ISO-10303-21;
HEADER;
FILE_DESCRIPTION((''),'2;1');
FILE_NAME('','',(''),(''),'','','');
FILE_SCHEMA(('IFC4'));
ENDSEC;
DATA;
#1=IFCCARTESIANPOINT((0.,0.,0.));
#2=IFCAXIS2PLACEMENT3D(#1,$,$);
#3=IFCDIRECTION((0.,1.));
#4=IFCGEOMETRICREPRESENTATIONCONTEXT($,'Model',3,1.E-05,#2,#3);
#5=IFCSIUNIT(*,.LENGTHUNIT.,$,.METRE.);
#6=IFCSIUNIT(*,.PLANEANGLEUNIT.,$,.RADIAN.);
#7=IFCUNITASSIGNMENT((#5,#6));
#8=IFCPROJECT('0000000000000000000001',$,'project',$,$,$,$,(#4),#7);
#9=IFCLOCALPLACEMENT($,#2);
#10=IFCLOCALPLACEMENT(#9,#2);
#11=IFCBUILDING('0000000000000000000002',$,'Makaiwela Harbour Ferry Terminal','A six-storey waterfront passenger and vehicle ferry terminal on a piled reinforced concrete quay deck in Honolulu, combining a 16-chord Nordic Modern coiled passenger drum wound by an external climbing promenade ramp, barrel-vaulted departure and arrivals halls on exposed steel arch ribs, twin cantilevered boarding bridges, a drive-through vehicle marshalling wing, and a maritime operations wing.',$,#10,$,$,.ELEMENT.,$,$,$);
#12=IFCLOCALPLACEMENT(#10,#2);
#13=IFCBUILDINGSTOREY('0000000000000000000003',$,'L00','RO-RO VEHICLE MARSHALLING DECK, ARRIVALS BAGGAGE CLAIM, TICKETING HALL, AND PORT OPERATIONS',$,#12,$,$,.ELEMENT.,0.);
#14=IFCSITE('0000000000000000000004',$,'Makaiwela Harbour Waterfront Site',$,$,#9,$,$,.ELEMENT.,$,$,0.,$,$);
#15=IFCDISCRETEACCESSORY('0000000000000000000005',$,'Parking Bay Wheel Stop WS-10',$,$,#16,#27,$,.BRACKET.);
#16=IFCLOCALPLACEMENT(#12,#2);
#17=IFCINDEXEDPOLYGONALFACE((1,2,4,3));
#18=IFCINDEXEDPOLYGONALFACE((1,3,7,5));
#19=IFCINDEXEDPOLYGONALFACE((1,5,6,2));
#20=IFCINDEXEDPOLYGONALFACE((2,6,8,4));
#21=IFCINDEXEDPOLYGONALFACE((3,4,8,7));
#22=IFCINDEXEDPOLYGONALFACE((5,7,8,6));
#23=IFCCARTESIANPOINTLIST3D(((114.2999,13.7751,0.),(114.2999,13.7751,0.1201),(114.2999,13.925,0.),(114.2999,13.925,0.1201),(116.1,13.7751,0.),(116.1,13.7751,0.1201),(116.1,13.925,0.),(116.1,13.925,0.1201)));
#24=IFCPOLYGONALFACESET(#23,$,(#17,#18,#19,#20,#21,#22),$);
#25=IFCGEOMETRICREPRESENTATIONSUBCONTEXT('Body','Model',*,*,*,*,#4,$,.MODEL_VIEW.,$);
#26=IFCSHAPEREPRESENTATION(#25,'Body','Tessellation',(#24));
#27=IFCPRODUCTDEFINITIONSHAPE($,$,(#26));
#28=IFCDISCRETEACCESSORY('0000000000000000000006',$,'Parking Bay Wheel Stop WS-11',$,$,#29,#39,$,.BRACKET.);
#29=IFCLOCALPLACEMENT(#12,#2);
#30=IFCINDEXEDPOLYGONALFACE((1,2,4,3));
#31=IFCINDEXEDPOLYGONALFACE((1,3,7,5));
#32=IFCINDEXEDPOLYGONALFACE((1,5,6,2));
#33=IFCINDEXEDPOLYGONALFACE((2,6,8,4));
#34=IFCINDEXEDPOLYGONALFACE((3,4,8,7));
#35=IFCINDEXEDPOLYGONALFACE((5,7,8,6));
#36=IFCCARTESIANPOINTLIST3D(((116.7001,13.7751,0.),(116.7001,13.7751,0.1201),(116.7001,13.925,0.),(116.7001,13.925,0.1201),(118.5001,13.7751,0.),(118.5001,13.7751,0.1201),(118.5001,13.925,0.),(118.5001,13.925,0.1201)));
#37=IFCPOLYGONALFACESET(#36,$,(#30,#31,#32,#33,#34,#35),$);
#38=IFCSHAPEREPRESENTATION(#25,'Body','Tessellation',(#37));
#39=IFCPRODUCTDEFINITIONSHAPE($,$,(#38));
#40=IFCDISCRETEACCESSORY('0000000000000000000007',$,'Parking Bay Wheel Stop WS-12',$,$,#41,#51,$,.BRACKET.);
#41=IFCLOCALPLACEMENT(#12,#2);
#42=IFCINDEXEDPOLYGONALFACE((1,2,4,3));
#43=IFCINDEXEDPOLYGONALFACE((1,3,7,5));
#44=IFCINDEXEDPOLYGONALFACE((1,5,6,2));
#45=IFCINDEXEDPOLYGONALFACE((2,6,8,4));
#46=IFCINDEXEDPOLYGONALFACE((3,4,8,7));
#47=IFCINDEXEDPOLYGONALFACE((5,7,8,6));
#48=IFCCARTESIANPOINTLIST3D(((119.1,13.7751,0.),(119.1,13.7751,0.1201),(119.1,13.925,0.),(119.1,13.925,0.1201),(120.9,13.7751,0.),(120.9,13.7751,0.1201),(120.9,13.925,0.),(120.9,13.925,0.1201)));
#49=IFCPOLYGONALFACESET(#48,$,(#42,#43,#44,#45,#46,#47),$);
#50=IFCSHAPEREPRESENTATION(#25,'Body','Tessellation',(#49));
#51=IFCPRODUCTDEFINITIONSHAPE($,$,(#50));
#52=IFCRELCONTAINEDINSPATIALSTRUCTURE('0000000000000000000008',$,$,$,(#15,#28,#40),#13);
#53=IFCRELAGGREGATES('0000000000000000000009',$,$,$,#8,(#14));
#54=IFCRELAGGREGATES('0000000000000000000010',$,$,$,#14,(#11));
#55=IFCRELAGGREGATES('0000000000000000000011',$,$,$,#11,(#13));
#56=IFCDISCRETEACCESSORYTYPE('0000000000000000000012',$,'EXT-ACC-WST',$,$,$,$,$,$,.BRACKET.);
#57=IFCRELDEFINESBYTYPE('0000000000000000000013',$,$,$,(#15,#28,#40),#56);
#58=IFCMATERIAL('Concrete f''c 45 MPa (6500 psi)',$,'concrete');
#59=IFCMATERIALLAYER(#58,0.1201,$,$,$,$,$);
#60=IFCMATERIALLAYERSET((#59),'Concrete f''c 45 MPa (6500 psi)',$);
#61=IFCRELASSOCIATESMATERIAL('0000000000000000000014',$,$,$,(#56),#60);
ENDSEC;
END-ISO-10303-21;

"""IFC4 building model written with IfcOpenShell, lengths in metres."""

from ifc_helpers import new_model, si_unit, direction, frame, origin, origin_2d, place, context, subcontext, project, spatial, rectangle, extrude, material, layer, layer_set, type_object, element, save


model = new_model("IFC4")

# Units and contexts
model_context = context("Model", 3, precision=1e-05, world=origin(), true_north=direction((0.0, 1.0)))
body_context = subcontext(model_context, "Body", "Model", "MODEL_VIEW")
ifc_project = project(units=[si_unit("LENGTHUNIT", "METRE"), si_unit("PLANEANGLEUNIT", "RADIAN")], contexts=[model_context])

# Site, building, storey
site_placement = place(None, origin())
site = spatial("IfcSite", under=ifc_project, at=site_placement, Name="Makaiwela Harbour Waterfront Site", CompositionType="ELEMENT", RefElevation=0.0)
building_placement = place(site_placement, origin())
building = spatial("IfcBuilding", under=site, at=building_placement, Name="Makaiwela Harbour Ferry Terminal", Description="A six-storey waterfront passenger and vehicle ferry terminal on a piled reinforced concrete quay deck in Honolulu, combining a 16-chord Nordic Modern coiled passenger drum wound by an external climbing promenade ramp, barrel-vaulted departure and arrivals halls on exposed steel arch ribs, twin cantilevered boarding bridges, a drive-through vehicle marshalling wing, and a maritime operations wing.", CompositionType="ELEMENT")
storey_placement = place(building_placement, origin())
storey = spatial("IfcBuildingStorey", under=building, at=storey_placement, Name="L00", Description="RO-RO VEHICLE MARSHALLING DECK, ARRIVALS BAGGAGE CLAIM, TICKETING HALL, AND PORT OPERATIONS", CompositionType="ELEMENT", Elevation=0.0)

# Shared definitions
ifc_material_1 = material(Name="Concrete f'c 45 MPa (6500 psi)", Category="concrete")

# Discrete accessories
ifc_layer_1 = layer(ifc_material_1, 0.1201)
ifc_layer_set_1 = layer_set([ifc_layer_1], Name="Concrete f'c 45 MPa (6500 psi)")
discrete_accessory_type = type_object("IfcDiscreteAccessoryType", Name="EXT-ACC-WST", PredefinedType="BRACKET", material=ifc_layer_set_1)
for number, where, z_axis, x_axis, name in (
    (1, (115.2, 13.8501, 0.0), (0.0, 0.0, 1.0), (1.0, 0.0, 0.0), "Parking Bay Wheel Stop WS-10"),
    (2, (117.6001, 13.8501, 0.0), (0.0, 0.0, 1.0), (1.0, 0.0, 0.0), "Parking Bay Wheel Stop WS-11"),
    (3, (120.0, 13.8501, 0.0), (0.0, 0.0, 1.0), (1.0, 0.0, 0.0), "Parking Bay Wheel Stop WS-12"),
):
    element("IfcDiscreteAccessory", number, at=place(storey_placement, frame(where, z_axis=z_axis, x_axis=x_axis)), inside=storey, type_object=discrete_accessory_type, Name=name, PredefinedType="BRACKET", context=body_context, shape_type="SweptSolid", body=[
        extrude(rectangle(XDim=1.8, YDim=0.1499, at=origin_2d()), origin(), (0.0, 0.0, 1.0), 0.1201),
    ])

save(model, "model.ifc")
